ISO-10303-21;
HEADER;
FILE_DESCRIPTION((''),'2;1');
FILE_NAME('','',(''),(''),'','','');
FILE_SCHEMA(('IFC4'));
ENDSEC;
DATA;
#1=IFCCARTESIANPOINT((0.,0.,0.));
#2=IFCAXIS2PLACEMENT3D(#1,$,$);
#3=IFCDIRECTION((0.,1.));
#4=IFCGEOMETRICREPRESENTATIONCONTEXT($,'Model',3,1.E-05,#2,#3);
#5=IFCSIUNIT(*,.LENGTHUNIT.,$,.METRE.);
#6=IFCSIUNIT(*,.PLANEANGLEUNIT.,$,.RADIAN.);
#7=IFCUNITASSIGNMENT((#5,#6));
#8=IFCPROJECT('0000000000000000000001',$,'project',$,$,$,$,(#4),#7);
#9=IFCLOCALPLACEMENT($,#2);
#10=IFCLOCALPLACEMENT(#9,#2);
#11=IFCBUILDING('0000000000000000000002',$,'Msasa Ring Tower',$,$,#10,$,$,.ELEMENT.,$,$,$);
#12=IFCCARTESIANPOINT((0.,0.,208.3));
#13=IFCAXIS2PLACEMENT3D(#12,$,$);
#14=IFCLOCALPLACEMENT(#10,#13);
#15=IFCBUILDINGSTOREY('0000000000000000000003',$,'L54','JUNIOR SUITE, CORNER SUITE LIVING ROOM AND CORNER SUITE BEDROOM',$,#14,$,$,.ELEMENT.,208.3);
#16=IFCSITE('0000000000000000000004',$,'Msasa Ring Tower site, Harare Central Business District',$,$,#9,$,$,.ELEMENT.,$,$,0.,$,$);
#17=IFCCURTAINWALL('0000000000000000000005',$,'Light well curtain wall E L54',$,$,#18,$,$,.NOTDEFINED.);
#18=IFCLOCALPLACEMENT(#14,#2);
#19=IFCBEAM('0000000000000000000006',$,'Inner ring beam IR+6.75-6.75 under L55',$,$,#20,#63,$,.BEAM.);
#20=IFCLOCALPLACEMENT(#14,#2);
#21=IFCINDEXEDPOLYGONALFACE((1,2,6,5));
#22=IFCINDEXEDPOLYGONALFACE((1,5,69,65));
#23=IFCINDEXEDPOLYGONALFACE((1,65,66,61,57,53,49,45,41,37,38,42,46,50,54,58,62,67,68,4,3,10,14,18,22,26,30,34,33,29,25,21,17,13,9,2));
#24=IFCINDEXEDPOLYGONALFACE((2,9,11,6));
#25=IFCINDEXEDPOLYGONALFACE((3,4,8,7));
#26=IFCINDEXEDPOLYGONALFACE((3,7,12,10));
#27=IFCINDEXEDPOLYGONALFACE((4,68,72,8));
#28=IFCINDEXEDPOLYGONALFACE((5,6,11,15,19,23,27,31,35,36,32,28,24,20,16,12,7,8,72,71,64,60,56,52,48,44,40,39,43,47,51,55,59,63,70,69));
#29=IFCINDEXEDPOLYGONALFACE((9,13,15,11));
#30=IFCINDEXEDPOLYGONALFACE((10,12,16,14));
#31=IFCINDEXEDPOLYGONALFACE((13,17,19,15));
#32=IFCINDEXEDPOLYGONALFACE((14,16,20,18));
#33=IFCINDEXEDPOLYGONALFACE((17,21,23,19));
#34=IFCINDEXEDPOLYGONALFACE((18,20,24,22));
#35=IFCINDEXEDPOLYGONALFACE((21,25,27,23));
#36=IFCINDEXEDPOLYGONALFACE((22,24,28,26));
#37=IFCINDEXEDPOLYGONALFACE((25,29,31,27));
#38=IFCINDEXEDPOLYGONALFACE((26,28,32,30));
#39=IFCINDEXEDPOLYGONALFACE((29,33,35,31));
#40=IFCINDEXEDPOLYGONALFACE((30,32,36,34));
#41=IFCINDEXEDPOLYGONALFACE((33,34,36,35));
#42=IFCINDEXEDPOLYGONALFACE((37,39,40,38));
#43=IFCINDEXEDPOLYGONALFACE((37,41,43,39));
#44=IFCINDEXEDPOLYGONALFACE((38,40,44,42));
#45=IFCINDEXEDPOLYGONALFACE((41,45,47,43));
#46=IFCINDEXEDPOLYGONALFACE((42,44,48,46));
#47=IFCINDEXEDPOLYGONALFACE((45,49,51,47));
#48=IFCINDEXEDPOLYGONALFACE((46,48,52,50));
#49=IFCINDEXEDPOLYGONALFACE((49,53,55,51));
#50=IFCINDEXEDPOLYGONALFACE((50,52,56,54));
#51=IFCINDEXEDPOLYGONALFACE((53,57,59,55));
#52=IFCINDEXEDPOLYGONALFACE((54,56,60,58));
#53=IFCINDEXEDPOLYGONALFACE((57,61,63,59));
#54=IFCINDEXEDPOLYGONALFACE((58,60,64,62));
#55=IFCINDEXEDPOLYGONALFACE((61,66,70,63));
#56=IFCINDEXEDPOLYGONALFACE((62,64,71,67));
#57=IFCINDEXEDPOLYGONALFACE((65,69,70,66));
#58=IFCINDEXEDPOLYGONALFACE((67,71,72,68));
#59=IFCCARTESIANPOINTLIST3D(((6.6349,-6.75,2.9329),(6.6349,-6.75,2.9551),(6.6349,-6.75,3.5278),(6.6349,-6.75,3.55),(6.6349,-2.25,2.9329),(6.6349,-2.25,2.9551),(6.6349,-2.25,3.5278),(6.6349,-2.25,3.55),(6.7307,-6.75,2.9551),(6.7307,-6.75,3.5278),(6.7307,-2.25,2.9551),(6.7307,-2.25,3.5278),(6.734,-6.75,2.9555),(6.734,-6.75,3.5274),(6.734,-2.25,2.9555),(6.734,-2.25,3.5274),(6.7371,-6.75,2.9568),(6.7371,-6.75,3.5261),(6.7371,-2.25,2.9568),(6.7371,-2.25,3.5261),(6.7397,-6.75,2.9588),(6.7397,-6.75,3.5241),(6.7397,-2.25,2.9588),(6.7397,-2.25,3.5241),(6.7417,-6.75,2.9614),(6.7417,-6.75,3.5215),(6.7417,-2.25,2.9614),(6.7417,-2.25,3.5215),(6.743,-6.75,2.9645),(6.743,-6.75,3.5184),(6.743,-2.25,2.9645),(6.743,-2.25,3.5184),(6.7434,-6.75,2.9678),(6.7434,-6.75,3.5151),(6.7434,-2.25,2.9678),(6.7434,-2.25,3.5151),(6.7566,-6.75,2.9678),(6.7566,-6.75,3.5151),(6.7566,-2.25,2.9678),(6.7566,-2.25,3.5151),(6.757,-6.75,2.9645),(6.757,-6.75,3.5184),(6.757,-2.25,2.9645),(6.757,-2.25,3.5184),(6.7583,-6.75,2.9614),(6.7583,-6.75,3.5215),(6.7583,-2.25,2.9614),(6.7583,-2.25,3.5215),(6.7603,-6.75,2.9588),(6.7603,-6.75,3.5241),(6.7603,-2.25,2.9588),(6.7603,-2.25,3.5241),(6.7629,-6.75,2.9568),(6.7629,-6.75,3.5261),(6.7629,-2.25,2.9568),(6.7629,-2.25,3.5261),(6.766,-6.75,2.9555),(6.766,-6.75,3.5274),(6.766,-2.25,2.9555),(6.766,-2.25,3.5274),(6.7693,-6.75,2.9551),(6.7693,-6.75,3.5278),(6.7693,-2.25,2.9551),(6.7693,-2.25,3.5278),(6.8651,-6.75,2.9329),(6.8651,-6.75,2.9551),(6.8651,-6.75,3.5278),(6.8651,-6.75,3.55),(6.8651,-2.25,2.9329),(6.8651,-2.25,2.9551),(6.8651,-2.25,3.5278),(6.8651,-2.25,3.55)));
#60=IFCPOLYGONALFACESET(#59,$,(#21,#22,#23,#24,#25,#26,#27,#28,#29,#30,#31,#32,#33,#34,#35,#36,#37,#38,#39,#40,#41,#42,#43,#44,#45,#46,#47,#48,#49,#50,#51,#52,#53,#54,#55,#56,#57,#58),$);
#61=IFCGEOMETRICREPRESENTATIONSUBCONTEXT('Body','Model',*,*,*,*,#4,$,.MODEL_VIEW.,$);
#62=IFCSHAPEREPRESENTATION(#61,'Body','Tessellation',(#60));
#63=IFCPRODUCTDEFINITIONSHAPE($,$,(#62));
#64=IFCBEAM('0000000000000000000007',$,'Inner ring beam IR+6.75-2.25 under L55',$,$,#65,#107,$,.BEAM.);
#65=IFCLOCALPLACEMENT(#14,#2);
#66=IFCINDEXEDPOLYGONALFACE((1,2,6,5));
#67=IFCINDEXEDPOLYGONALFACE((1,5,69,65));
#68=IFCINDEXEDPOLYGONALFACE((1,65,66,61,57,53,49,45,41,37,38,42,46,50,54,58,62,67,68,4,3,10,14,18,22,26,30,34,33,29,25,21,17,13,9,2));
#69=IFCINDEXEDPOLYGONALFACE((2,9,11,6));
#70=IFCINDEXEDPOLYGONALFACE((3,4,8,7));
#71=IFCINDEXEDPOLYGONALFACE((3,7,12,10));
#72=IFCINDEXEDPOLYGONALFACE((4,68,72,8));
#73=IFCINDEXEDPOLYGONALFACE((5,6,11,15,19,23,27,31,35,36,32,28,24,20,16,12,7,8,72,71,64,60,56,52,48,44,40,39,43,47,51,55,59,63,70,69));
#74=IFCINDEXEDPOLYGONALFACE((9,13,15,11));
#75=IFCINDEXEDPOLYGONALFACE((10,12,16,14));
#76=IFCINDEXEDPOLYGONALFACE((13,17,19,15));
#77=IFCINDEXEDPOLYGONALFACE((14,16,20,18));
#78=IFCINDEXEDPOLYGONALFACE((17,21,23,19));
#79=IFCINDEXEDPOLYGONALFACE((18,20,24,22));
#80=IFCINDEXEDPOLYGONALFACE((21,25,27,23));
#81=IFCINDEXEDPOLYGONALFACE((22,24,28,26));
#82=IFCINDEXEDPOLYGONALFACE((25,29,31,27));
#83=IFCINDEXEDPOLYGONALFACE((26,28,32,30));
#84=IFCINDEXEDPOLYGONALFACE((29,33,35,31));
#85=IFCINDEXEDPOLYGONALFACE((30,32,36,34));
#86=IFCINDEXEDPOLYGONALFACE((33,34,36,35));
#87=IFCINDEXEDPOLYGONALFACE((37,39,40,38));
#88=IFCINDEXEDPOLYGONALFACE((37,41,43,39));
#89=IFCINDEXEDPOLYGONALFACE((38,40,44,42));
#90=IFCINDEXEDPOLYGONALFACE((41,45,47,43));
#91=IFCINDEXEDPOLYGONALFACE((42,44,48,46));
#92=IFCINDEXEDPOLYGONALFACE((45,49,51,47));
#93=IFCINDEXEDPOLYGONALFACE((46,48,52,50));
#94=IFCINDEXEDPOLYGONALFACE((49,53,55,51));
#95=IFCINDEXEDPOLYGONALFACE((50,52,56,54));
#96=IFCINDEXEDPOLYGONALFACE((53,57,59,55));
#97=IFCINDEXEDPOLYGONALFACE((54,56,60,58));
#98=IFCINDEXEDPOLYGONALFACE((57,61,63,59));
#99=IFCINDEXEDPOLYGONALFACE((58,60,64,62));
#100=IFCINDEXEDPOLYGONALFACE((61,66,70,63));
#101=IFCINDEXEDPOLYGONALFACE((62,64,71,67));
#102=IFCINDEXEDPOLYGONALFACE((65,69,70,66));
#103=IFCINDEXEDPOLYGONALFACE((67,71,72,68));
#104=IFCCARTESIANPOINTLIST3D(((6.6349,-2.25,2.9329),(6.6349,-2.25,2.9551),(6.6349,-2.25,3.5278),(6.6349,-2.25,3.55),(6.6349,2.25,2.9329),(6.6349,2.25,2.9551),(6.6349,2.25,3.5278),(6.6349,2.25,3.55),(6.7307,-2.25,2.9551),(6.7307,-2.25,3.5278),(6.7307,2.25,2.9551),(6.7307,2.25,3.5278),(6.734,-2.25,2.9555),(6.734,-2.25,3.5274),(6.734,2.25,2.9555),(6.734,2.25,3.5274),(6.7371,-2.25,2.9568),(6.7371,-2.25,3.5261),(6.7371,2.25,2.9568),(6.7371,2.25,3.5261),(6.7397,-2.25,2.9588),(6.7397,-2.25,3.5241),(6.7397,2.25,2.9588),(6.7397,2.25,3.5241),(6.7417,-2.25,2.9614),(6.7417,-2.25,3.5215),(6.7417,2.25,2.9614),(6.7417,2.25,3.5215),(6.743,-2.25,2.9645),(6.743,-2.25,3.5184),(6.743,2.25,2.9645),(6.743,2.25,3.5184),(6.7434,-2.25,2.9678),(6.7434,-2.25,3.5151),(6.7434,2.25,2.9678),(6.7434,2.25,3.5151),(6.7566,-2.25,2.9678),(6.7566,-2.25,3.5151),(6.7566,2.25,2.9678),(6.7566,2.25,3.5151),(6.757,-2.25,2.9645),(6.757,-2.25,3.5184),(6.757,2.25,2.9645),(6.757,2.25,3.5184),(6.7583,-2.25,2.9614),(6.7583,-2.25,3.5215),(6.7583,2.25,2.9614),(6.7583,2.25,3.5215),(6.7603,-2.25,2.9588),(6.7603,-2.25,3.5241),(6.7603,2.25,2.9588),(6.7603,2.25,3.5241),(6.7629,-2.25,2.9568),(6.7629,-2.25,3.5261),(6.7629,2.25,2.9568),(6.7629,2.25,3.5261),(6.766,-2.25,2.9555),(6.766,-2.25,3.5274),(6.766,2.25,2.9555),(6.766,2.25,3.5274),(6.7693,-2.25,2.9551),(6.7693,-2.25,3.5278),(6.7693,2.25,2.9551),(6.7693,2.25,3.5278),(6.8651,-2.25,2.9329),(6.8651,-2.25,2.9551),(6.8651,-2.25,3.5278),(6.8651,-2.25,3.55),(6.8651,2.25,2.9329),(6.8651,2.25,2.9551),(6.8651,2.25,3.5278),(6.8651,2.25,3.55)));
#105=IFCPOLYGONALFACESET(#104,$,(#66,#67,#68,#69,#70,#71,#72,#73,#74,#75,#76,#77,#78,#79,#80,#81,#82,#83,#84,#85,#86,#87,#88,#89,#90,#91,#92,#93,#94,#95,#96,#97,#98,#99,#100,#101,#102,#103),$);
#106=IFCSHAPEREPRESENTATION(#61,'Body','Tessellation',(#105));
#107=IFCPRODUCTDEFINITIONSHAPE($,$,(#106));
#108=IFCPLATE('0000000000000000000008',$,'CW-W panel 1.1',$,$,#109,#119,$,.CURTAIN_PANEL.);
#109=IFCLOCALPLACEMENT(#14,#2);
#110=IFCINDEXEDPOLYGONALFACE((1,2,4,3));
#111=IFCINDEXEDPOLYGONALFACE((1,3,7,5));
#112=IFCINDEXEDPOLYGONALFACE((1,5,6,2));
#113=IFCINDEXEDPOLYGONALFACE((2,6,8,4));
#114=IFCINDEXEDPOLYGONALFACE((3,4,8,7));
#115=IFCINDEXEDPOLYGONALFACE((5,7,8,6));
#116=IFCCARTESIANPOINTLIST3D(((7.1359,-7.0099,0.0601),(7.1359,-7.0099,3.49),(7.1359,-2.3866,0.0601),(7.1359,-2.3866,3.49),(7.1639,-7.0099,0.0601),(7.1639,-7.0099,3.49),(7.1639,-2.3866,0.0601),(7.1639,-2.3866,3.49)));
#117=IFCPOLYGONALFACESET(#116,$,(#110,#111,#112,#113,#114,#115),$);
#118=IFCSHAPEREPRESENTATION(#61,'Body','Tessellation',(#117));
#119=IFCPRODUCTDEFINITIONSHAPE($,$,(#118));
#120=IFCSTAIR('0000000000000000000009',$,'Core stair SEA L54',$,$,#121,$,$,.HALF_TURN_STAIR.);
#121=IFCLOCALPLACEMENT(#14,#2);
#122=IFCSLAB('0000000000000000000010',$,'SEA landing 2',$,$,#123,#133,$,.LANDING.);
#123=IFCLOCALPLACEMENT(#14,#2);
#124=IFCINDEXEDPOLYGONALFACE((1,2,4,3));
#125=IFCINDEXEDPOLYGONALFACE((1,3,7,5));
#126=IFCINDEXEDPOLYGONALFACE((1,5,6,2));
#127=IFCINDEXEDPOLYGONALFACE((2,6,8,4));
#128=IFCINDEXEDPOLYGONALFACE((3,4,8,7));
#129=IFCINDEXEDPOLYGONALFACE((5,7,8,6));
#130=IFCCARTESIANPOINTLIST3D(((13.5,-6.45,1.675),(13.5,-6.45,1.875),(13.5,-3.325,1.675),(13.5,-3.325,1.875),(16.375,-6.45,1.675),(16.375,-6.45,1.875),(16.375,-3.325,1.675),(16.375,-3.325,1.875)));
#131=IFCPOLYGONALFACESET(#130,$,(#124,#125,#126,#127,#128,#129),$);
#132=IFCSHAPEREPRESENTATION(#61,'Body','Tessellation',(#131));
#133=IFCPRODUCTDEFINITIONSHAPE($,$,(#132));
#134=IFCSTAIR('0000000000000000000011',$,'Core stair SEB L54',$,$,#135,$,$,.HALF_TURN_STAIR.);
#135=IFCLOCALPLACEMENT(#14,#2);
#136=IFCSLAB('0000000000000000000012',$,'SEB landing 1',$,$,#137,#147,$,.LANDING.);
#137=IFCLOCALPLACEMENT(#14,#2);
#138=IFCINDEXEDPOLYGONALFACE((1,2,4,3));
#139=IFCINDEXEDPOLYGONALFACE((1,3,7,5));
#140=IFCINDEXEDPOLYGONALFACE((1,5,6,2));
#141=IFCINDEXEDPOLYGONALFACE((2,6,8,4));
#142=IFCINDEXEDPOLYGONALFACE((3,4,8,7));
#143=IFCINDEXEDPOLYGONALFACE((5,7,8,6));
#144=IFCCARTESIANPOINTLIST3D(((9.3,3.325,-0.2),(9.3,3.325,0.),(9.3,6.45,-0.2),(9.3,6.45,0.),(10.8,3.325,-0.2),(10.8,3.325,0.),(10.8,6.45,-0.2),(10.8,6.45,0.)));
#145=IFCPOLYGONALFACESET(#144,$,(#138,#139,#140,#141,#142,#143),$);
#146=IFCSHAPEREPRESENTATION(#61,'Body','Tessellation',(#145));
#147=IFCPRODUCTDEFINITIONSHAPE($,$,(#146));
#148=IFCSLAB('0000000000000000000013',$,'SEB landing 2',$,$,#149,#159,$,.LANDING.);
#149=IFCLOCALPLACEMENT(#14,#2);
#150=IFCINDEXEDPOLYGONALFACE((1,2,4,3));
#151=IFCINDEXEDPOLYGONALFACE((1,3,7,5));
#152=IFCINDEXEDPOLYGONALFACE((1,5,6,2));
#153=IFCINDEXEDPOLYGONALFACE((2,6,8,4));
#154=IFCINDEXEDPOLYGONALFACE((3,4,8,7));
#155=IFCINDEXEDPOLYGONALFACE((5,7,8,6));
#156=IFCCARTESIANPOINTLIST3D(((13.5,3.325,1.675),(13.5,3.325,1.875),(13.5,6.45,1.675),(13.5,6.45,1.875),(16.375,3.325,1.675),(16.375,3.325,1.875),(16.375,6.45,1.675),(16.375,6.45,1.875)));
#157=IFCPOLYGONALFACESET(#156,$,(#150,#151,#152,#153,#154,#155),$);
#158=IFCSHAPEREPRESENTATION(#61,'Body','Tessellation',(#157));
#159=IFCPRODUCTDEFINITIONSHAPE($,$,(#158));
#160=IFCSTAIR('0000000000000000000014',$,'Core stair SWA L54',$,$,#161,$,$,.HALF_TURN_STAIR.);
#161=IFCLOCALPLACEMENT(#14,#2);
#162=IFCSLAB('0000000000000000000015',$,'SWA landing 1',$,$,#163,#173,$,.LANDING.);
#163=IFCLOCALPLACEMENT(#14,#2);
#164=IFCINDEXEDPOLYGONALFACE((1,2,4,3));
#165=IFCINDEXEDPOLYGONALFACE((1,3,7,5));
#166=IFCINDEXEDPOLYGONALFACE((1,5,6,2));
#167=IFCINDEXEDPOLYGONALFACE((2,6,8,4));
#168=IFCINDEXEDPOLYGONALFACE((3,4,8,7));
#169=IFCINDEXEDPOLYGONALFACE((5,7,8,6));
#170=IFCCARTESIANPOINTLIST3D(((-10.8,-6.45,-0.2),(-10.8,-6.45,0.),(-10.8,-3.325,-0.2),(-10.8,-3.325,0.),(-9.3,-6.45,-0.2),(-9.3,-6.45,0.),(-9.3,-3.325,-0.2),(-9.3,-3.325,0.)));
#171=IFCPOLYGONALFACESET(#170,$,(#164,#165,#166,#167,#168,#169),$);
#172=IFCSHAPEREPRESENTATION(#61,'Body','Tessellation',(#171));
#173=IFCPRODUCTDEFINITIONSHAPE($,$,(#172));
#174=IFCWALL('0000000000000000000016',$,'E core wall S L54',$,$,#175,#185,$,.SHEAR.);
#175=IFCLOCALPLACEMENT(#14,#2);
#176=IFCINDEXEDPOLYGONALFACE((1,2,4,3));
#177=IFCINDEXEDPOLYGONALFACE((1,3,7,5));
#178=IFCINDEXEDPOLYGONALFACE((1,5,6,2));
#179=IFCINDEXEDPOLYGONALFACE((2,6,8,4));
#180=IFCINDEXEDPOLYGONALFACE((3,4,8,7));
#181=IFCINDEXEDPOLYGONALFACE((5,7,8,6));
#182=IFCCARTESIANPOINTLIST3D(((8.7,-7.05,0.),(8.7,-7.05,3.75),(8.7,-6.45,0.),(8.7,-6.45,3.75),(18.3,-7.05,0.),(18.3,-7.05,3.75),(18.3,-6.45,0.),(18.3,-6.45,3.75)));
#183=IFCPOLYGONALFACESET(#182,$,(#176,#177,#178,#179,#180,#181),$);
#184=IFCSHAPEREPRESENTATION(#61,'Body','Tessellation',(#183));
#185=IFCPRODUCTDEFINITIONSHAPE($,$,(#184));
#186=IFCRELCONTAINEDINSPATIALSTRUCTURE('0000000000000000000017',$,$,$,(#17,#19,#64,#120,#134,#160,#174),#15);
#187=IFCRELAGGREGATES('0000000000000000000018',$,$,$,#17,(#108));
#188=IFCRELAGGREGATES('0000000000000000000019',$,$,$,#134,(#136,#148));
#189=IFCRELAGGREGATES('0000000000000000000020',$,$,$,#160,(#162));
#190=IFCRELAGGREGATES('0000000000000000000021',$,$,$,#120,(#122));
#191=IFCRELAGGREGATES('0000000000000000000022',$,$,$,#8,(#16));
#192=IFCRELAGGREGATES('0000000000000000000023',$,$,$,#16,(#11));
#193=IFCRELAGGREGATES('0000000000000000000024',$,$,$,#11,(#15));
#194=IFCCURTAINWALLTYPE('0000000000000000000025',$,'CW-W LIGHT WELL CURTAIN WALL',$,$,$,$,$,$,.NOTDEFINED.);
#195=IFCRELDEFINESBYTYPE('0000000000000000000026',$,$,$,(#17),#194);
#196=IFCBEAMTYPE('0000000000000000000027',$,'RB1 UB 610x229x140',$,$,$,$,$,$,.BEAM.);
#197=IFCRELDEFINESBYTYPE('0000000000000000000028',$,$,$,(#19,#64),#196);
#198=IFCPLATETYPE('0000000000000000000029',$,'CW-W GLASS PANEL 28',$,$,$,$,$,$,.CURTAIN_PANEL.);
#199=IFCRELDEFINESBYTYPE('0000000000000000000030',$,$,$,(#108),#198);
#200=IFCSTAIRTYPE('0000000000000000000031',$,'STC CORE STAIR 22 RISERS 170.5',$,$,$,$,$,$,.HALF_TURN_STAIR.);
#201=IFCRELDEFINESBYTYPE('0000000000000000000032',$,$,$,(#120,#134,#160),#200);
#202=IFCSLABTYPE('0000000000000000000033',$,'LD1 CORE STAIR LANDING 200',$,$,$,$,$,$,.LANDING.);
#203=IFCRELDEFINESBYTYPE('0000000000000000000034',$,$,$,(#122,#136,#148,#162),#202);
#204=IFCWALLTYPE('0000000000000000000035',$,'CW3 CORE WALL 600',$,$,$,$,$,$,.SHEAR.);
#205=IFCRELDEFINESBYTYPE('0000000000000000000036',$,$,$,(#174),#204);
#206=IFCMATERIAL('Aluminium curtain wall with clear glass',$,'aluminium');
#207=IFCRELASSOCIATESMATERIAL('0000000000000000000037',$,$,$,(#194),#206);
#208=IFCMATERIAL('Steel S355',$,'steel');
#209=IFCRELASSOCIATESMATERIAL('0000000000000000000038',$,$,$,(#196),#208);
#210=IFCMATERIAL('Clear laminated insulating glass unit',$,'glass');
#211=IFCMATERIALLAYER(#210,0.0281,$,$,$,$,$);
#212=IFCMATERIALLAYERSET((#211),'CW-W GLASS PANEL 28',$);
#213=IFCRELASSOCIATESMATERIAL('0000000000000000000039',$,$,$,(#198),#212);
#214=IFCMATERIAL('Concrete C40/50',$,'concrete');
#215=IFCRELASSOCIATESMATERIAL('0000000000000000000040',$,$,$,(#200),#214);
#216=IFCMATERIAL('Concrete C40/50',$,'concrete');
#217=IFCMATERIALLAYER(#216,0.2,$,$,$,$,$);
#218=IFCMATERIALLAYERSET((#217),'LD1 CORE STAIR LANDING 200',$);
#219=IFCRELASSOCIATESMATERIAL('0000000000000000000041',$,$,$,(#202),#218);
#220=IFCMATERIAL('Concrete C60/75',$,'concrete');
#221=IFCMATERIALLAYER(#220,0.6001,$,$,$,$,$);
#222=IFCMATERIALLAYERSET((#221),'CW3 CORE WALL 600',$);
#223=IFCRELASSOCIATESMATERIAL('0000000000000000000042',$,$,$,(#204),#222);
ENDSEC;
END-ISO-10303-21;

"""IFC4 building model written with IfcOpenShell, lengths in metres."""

from ifc_helpers import new_model, si_unit, direction, frame, frame_2d, origin, origin_2d, place, context, subcontext, project, spatial, polyline, rectangle, i_section, outline, extrude, material, layer, layer_set, material_profile, profile_set, type_object, element, aggregate, save


model = new_model("IFC4")

# Units and contexts
model_context = context("Model", 3, precision=1e-05, world=origin(), true_north=direction((0.0, 1.0)))
body_context = subcontext(model_context, "Body", "Model", "MODEL_VIEW")
ifc_project = project(units=[si_unit("LENGTHUNIT", "METRE"), si_unit("PLANEANGLEUNIT", "RADIAN")], contexts=[model_context])

# Site, building, storey
site_placement = place(None, origin())
site = spatial("IfcSite", under=ifc_project, at=site_placement, Name="Msasa Ring Tower site, Harare Central Business District", CompositionType="ELEMENT", RefElevation=0.0)
building_placement = place(site_placement, origin())
building = spatial("IfcBuilding", under=site, at=building_placement, Name="Msasa Ring Tower", CompositionType="ELEMENT")
storey_placement = place(building_placement, frame((0.0, 0.0, 208.3)))
storey = spatial("IfcBuildingStorey", under=building, at=storey_placement, Name="L54", Description="JUNIOR SUITE, CORNER SUITE LIVING ROOM AND CORNER SUITE BEDROOM", CompositionType="ELEMENT", Elevation=208.3)

# Curtain wall
ifc_material_1 = material(Name="Aluminium curtain wall with clear glass", Category="aluminium")
curtain_wall_type = type_object("IfcCurtainWallType", Name="CW-W LIGHT WELL CURTAIN WALL", PredefinedType="NOTDEFINED", material=ifc_material_1)
curtain_wall_placement = place(storey_placement, origin())
curtain_wall = element("IfcCurtainWall", 1, at=curtain_wall_placement, inside=storey, type_object=curtain_wall_type, Name="Light well curtain wall E L54", PredefinedType="NOTDEFINED")

# Beams
ifc_material_2 = material(Name="Steel S355", Category="steel")
ifc_material_profile_1 = material_profile(ifc_material_2, i_section(OverallWidth=0.2302, OverallDepth=0.6172, WebThickness=0.0132, FlangeThickness=0.0222, FilletRadius=0.0127, at=origin_2d()), Name="UB 610x229x140")
ifc_profile_set_1 = profile_set([ifc_material_profile_1], Name="Steel S355")
beam_type = type_object("IfcBeamType", Name="RB1 UB 610x229x140", PredefinedType="BEAM", material=ifc_profile_set_1)
for number, where, z_axis, x_axis, name in (
    (2, (6.75, -6.75, 3.2415), (0.0, 1.0, 0.0), (-1.0, 0.0, 0.0), "Inner ring beam IR+6.75-6.75 under L55"),
    (3, (6.75, -2.25, 3.2415), (0.0, 1.0, 0.0), (-1.0, 0.0, 0.0), "Inner ring beam IR+6.75-2.25 under L55"),
):
    element("IfcBeam", number, at=place(storey_placement, frame(where, z_axis=z_axis, x_axis=x_axis)), inside=storey, type_object=beam_type, Name=name, PredefinedType="BEAM", context=body_context, shape_type="SweptSolid", body=[
        extrude(i_section(OverallWidth=0.2302, OverallDepth=0.6172, WebThickness=0.0132, FlangeThickness=0.0222, FilletRadius=0.0127, at=origin_2d()), origin(), (0.0, 0.0, 1.0), 4.5),
    ])

# Plate
ifc_material_3 = material(Name="Clear laminated insulating glass unit", Category="glass")
ifc_layer_1 = layer(ifc_material_3, 0.0281)
ifc_layer_set_1 = layer_set([ifc_layer_1], Name="CW-W GLASS PANEL 28")
plate_type = type_object("IfcPlateType", Name="CW-W GLASS PANEL 28", PredefinedType="CURTAIN_PANEL", material=ifc_layer_set_1)
plate_placement = place(storey_placement, frame((7.1499, -4.6982, 0.0601), z_axis=(0.0, 0.0, 1.0), x_axis=(0.0, 1.0, 0.0)))
plate = element("IfcPlate", 4, at=plate_placement, type_object=plate_type, Name="CW-W panel 1.1", PredefinedType="CURTAIN_PANEL", context=body_context, shape_type="SweptSolid", body=[
    extrude(rectangle(XDim=4.6233, YDim=0.0281, at=origin_2d()), origin(), (0.0, 0.0, 1.0), 3.4299),
])
aggregate(curtain_wall, [plate])

# Stair, slab
ifc_material_4 = material(Name="Concrete C40/50", Category="concrete")
stair_type = type_object("IfcStairType", Name="STC CORE STAIR 22 RISERS 170.5", PredefinedType="HALF_TURN_STAIR", material=ifc_material_4)
stair_1_placement = place(storey_placement, origin())
stair_1 = element("IfcStair", 5, at=stair_1_placement, inside=storey, type_object=stair_type, Name="Core stair SEA L54", PredefinedType="HALF_TURN_STAIR")
ifc_material_5 = material(Name="Concrete C40/50", Category="concrete")
ifc_layer_2 = layer(ifc_material_5, 0.2)
ifc_layer_set_2 = layer_set([ifc_layer_2], Name="LD1 CORE STAIR LANDING 200")
slab_type = type_object("IfcSlabType", Name="LD1 CORE STAIR LANDING 200", PredefinedType="LANDING", material=ifc_layer_set_2)
slab_1_placement = place(storey_placement, frame((0.0, 0.0, 1.675)))
slab_1 = element("IfcSlab", 6, at=slab_1_placement, type_object=slab_type, Name="SEA landing 2", PredefinedType="LANDING", context=body_context, shape_type="SweptSolid", body=[
    extrude(outline(polyline([(13.5, -6.45), (16.375, -6.45), (16.375, -3.325), (13.5, -3.325), (13.5, -6.45)])), origin(), (0.0, 0.0, 1.0), 0.2),
])

# Stair, slabs
stair_2_placement = place(storey_placement, origin())
stair_2 = element("IfcStair", 7, at=stair_2_placement, inside=storey, type_object=stair_type, Name="Core stair SEB L54", PredefinedType="HALF_TURN_STAIR")
slab_2_placement = place(storey_placement, frame((0.0, 0.0, -0.2)))
slab_2 = element("IfcSlab", 8, at=slab_2_placement, type_object=slab_type, Name="SEB landing 1", PredefinedType="LANDING", context=body_context, shape_type="SweptSolid", body=[
    extrude(outline(polyline([(9.3, 3.325), (10.8, 3.325), (10.8, 6.45), (9.3, 6.45), (9.3, 3.325)])), origin(), (0.0, 0.0, 1.0), 0.2),
])
slab_3_placement = place(storey_placement, frame((0.0, 0.0, 1.675)))
slab_3 = element("IfcSlab", 9, at=slab_3_placement, type_object=slab_type, Name="SEB landing 2", PredefinedType="LANDING", context=body_context, shape_type="SweptSolid", body=[
    extrude(outline(polyline([(13.5, 3.325), (16.375, 3.325), (16.375, 6.45), (13.5, 6.45), (13.5, 3.325)])), origin(), (0.0, 0.0, 1.0), 0.2),
])
aggregate(stair_2, [slab_2, slab_3])

# Stair, slab
stair_3_placement = place(storey_placement, origin())
stair_3 = element("IfcStair", 10, at=stair_3_placement, inside=storey, type_object=stair_type, Name="Core stair SWA L54", PredefinedType="HALF_TURN_STAIR")
slab_4_placement = place(storey_placement, frame((0.0, 0.0, -0.2)))
slab_4 = element("IfcSlab", 11, at=slab_4_placement, type_object=slab_type, Name="SWA landing 1", PredefinedType="LANDING", context=body_context, shape_type="SweptSolid", body=[
    extrude(outline(polyline([(-10.8, -6.45), (-9.3, -6.45), (-9.3, -3.325), (-10.8, -3.325), (-10.8, -6.45)])), origin(), (0.0, 0.0, 1.0), 0.2),
])
aggregate(stair_3, [slab_4])

# Wall
ifc_material_6 = material(Name="Concrete C60/75", Category="concrete")
ifc_layer_3 = layer(ifc_material_6, 0.6001)
ifc_layer_set_3 = layer_set([ifc_layer_3], Name="CW3 CORE WALL 600")
wall_type_1 = type_object("IfcWallType", Name="CW3 CORE WALL 600", PredefinedType="SHEAR", material=ifc_layer_set_3)
wall_1_placement = place(storey_placement, frame((8.7, -6.75, 0.0), z_axis=(0.0, 0.0, 1.0), x_axis=(1.0, 0.0, 0.0)))
element("IfcWall", 12, at=wall_1_placement, inside=storey, type_object=wall_type_1, Name="E core wall S L54", PredefinedType="SHEAR", context=body_context, shape_type="SweptSolid", body=[
    extrude(rectangle(XDim=9.6001, YDim=0.6001, at=frame_2d((4.8, 0.0))), origin(), (0.0, 0.0, 1.0), 3.75),
])

aggregate(stair_1, [slab_1])

save(model, "model.ifc")
